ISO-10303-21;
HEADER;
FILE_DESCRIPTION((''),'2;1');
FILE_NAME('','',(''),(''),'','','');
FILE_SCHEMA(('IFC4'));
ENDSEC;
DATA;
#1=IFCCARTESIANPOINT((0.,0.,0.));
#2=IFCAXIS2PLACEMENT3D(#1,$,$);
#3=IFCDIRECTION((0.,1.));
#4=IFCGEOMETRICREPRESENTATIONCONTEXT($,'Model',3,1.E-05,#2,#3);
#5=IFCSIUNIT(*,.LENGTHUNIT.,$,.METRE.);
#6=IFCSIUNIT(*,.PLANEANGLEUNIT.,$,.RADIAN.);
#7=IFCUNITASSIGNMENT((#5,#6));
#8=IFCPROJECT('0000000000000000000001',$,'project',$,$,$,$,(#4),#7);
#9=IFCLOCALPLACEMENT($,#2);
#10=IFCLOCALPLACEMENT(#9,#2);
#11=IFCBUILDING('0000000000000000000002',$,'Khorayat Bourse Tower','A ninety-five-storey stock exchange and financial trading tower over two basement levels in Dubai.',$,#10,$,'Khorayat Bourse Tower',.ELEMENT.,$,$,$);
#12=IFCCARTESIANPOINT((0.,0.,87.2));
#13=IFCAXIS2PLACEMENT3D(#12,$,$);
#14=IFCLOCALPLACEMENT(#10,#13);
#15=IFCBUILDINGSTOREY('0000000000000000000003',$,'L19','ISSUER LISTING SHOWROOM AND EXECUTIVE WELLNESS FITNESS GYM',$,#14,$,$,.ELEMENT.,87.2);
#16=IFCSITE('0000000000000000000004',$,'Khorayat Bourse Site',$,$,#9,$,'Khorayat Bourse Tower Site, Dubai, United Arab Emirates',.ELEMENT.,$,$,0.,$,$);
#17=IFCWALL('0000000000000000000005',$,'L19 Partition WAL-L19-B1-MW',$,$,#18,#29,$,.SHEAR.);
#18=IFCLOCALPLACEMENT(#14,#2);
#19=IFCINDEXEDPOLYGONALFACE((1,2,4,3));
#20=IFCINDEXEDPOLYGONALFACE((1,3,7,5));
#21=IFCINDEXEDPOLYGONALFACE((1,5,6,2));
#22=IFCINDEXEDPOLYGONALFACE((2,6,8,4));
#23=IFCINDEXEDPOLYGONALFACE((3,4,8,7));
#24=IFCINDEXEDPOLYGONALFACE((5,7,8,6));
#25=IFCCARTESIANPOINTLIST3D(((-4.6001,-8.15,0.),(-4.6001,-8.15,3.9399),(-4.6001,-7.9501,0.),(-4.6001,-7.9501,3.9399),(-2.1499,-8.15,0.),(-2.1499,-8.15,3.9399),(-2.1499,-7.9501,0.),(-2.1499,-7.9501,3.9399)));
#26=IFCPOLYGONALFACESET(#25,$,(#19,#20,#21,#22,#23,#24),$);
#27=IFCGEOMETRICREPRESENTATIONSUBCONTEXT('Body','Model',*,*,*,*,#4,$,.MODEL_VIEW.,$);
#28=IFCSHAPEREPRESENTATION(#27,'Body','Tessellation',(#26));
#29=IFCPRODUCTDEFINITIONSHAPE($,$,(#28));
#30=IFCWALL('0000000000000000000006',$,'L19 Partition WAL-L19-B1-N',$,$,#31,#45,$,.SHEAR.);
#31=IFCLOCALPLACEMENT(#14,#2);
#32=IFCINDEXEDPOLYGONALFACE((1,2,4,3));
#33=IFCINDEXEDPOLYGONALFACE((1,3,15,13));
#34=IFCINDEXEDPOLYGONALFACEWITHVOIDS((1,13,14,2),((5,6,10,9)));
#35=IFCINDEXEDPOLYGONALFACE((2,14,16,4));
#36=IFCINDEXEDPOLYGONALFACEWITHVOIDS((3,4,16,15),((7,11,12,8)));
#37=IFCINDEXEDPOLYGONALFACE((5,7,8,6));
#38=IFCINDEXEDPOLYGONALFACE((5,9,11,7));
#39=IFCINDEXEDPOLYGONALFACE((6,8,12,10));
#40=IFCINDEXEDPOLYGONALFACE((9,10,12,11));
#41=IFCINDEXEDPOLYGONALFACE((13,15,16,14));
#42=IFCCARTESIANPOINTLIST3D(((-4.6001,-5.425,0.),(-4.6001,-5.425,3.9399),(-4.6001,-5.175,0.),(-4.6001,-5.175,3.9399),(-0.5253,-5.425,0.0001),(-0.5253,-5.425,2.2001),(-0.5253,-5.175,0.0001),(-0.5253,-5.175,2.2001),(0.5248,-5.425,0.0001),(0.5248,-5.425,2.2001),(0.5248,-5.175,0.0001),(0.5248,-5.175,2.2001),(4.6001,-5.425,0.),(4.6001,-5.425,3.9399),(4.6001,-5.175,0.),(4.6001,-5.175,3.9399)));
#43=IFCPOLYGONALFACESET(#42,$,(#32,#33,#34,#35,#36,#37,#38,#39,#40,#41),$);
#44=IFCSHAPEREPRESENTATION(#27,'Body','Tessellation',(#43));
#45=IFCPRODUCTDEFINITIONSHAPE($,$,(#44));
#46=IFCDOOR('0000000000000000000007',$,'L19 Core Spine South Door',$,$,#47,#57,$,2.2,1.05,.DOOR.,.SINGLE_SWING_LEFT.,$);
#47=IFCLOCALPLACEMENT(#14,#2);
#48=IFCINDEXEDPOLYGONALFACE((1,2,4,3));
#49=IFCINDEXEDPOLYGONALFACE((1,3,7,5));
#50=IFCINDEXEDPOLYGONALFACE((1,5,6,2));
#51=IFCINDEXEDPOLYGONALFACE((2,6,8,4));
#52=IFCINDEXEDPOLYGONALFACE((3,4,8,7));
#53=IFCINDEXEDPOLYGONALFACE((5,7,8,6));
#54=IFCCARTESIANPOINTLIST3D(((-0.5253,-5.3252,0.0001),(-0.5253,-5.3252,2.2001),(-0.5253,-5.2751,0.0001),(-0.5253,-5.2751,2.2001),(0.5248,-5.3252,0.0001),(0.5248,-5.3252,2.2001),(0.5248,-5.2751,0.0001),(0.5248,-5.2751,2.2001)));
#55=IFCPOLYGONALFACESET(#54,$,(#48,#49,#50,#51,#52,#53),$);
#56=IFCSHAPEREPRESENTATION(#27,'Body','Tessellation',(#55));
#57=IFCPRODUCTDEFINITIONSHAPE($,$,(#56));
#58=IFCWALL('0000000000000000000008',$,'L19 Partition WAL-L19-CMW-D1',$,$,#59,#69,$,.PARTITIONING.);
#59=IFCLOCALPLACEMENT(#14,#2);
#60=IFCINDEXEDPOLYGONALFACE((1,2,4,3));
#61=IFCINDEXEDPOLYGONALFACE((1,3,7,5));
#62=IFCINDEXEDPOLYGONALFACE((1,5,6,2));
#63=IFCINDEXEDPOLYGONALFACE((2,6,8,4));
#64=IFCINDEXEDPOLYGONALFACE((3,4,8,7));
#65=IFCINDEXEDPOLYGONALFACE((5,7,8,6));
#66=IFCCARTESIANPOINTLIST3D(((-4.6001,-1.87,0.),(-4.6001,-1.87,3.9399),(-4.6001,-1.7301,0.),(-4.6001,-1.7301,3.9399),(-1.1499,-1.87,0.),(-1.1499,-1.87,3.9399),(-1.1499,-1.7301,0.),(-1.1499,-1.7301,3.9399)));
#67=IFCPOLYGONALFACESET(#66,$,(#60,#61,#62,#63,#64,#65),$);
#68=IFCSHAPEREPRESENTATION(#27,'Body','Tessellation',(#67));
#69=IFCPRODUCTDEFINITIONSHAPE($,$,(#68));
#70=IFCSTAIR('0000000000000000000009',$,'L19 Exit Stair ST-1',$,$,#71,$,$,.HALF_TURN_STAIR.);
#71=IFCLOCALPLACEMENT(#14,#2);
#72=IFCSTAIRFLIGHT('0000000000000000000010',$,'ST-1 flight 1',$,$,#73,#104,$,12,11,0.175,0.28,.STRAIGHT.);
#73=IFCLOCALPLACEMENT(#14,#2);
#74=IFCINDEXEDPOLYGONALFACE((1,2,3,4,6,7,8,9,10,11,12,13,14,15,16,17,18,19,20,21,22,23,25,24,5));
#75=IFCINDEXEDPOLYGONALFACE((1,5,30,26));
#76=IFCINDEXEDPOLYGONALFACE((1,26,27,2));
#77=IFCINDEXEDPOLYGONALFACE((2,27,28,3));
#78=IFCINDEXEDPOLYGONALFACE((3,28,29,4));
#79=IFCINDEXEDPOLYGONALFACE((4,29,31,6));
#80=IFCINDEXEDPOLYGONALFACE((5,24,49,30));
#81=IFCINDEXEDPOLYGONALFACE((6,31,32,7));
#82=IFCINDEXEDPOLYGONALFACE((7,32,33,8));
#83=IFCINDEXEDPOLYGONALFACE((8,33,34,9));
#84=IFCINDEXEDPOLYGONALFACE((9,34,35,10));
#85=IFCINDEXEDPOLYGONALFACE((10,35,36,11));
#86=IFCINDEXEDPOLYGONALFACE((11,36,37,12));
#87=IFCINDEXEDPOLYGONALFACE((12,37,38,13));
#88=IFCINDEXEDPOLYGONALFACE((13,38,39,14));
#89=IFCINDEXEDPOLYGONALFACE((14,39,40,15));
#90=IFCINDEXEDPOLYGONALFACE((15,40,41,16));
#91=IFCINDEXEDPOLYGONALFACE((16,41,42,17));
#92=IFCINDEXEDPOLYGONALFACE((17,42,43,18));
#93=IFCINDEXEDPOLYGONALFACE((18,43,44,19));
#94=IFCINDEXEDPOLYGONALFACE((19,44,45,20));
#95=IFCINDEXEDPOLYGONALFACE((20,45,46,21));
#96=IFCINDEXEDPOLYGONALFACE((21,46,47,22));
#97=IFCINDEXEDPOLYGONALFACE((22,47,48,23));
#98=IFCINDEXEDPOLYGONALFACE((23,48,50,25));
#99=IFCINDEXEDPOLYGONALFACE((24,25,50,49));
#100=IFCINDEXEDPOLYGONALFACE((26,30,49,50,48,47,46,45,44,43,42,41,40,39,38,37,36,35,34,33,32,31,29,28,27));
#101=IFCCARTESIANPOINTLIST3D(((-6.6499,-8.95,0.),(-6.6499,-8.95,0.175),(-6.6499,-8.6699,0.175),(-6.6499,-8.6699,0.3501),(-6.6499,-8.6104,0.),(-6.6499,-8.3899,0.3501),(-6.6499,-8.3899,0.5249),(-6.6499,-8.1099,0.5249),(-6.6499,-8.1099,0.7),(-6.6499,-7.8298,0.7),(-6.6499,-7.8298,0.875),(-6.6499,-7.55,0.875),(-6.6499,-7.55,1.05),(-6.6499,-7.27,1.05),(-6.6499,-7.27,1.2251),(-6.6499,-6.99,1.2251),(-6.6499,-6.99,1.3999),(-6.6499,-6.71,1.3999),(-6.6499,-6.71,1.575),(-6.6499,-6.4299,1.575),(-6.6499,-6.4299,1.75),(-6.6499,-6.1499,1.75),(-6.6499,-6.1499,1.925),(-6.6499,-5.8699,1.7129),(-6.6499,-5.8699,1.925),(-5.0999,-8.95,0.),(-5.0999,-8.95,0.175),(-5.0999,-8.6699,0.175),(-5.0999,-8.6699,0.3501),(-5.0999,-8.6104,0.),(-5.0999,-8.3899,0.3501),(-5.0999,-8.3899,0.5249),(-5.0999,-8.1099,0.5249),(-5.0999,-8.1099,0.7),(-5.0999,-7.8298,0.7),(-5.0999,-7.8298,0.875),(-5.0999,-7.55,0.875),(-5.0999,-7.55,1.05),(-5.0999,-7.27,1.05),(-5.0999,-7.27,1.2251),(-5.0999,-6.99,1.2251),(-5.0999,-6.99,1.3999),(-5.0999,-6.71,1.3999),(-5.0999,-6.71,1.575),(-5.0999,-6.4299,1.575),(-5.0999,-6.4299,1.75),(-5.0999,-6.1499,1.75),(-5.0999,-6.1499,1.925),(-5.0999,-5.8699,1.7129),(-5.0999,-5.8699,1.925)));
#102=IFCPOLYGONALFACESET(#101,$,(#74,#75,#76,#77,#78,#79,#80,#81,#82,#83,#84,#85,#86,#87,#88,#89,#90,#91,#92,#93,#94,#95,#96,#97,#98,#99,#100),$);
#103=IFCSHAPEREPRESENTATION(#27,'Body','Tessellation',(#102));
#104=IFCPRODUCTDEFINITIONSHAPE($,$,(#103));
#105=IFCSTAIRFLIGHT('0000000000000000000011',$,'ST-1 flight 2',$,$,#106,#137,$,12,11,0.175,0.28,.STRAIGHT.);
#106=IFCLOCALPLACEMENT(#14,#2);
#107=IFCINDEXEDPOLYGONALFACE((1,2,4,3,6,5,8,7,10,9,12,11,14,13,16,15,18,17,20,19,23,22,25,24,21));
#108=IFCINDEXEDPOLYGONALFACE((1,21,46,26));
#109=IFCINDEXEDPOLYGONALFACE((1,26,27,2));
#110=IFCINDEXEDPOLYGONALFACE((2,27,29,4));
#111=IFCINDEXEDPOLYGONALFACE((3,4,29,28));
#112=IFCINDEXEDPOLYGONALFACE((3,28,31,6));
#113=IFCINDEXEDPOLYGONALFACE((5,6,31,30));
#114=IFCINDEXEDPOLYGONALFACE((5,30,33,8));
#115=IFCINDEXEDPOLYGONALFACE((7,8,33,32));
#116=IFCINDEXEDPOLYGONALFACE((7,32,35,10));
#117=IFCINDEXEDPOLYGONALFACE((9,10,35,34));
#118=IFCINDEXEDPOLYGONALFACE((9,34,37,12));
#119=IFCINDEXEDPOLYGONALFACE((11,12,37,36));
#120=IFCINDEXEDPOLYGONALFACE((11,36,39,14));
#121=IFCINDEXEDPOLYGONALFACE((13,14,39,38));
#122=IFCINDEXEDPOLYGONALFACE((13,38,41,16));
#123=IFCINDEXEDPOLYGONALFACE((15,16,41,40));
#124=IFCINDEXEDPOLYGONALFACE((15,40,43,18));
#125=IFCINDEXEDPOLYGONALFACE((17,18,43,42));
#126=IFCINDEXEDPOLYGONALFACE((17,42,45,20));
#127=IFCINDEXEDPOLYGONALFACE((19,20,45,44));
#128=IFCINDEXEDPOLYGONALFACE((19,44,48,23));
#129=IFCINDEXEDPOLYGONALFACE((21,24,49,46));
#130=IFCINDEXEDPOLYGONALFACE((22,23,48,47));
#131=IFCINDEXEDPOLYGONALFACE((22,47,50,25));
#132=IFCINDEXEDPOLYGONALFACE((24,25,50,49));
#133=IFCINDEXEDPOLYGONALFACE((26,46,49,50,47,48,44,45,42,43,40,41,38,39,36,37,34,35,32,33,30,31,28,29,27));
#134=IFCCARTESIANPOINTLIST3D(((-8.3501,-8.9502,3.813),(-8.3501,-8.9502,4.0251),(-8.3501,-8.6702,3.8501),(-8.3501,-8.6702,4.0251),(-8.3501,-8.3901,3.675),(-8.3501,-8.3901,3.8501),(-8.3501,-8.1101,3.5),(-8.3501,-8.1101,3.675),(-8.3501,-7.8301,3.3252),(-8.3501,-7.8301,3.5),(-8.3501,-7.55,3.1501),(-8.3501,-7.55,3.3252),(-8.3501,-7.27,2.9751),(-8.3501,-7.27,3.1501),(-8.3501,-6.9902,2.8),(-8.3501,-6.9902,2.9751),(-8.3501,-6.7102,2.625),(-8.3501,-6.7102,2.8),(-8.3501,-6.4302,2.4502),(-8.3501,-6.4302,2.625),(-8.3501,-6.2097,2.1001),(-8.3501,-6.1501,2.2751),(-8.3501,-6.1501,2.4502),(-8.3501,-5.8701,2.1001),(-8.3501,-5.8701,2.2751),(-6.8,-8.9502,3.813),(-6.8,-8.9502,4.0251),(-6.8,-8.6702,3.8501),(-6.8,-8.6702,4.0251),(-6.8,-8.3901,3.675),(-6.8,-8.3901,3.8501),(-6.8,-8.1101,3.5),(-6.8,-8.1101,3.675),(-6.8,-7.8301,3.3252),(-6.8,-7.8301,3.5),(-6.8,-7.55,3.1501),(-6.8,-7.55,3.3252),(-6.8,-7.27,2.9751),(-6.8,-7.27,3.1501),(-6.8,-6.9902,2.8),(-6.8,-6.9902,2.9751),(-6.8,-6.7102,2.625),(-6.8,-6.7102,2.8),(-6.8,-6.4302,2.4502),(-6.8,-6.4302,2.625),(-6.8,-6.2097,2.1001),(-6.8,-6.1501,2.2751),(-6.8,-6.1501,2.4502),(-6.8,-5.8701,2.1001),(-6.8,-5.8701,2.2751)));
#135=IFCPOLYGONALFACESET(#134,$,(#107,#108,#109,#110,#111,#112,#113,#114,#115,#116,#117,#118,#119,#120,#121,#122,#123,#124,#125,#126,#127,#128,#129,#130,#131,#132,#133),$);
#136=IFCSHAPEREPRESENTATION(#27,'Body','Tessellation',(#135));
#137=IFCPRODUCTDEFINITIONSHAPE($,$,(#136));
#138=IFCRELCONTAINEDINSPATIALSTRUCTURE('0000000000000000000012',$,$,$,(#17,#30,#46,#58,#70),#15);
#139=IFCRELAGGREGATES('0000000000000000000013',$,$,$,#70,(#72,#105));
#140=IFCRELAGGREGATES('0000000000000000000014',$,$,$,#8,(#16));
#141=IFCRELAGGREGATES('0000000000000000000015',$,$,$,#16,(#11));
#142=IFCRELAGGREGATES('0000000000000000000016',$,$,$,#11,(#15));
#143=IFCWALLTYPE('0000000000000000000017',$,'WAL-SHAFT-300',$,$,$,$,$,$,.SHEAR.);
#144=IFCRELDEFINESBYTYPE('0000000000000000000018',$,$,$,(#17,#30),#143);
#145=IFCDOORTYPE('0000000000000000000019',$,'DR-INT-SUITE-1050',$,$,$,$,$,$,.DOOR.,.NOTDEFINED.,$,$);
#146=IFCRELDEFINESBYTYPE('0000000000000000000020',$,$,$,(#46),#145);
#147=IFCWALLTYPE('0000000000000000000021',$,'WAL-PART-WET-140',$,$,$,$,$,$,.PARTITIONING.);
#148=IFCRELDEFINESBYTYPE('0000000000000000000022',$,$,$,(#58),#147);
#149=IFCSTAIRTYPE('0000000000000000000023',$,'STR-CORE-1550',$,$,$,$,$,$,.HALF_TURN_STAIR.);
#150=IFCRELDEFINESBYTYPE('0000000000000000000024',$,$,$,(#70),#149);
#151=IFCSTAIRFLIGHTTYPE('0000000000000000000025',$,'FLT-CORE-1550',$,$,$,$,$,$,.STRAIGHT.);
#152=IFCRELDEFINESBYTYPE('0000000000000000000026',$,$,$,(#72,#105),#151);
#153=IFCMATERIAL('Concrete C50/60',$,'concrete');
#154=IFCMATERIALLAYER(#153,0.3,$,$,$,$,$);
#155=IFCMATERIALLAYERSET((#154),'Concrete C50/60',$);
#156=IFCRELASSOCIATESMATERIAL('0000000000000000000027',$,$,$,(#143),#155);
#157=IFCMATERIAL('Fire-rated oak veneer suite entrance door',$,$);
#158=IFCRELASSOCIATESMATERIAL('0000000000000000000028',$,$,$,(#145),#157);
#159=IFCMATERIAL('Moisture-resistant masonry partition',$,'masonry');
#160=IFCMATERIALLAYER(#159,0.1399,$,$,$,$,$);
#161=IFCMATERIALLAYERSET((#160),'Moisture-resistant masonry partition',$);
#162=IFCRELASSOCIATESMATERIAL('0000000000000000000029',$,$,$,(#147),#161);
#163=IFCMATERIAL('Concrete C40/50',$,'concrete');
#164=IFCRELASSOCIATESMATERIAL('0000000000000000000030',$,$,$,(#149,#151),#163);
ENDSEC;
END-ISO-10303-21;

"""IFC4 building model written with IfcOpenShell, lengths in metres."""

from ifc_helpers import new_model, si_unit, direction, frame, frame_2d, origin, place, context, subcontext, project, spatial, polyline, rectangle, outline, extrude, source, transform, mapped, material, layer, layer_set, type_object, element, fill, aggregate, save


model = new_model("IFC4")

# Units and contexts
model_context = context("Model", 3, precision=1e-05, world=origin(), true_north=direction((0.0, 1.0)))
body_context = subcontext(model_context, "Body", "Model", "MODEL_VIEW")
ifc_project = project(units=[si_unit("LENGTHUNIT", "METRE"), si_unit("PLANEANGLEUNIT", "RADIAN")], contexts=[model_context])

# Site, building, storey
site_placement = place(None, origin())
site = spatial("IfcSite", under=ifc_project, at=site_placement, Name="Khorayat Bourse Site", LongName="Khorayat Bourse Tower Site, Dubai, United Arab Emirates", CompositionType="ELEMENT", RefElevation=0.0)
building_placement = place(site_placement, origin())
building = spatial("IfcBuilding", under=site, at=building_placement, Name="Khorayat Bourse Tower", Description="A ninety-five-storey stock exchange and financial trading tower over two basement levels in Dubai.", LongName="Khorayat Bourse Tower", CompositionType="ELEMENT")
storey_placement = place(building_placement, frame((0.0, 0.0, 87.2)))
storey = spatial("IfcBuildingStorey", under=building, at=storey_placement, Name="L19", Description="ISSUER LISTING SHOWROOM AND EXECUTIVE WELLNESS FITNESS GYM", CompositionType="ELEMENT", Elevation=87.2)

# Shared definitions
ifc_material_1 = material(Name="Concrete C50/60", Category="concrete")
ifc_layer_1 = layer(ifc_material_1, 0.3)
ifc_layer_set_1 = layer_set([ifc_layer_1], Name="Concrete C50/60")
wall_type_1 = type_object("IfcWallType", Name="WAL-SHAFT-300", PredefinedType="SHEAR", material=ifc_layer_set_1)

# Wall
shared_shape_1 = source(origin(), body_context, "Body", "SweptSolid", [
    extrude(rectangle(XDim=2.4502, YDim=0.2, at=frame_2d((1.2251, 0.0))), origin(), (0.0, 0.0, 1.0), 3.9399),
])
wall_1_placement = place(storey_placement, frame((-4.6001, -8.05, 0.0), z_axis=(0.0, 0.0, 1.0), x_axis=(1.0, 0.0, 0.0)))
element("IfcWall", 1, at=wall_1_placement, inside=storey, type_object=wall_type_1, Name="L19 Partition WAL-L19-B1-MW", PredefinedType="SHEAR", context=body_context, shape_type="MappedRepresentation", body=[
    mapped(shared_shape_1, transform((0.0, 0.0, 0.0), scale=1.0)),
])

# Wall, opening, door
shared_shape_2 = source(origin(), body_context, "Body", "SweptSolid", [
    extrude(rectangle(XDim=9.2002, YDim=0.25, at=frame_2d((4.6001, 0.0))), origin(), (0.0, 0.0, 1.0), 3.9399),
])
wall_2_placement = place(storey_placement, frame((-4.6001, -5.3, 0.0), z_axis=(0.0, 0.0, 1.0), x_axis=(1.0, 0.0, 0.0)))
wall_2 = element("IfcWall", 2, at=wall_2_placement, inside=storey, type_object=wall_type_1, Name="L19 Partition WAL-L19-B1-N", PredefinedType="SHEAR", context=body_context, shape_type="MappedRepresentation", body=[
    mapped(shared_shape_2, transform((0.0, 0.0, 0.0), scale=1.0)),
])
shared_shape_3 = source(origin(), body_context, "Body", "SweptSolid", [
    extrude(rectangle(XDim=1.05, YDim=2.2, at=frame_2d((0.5249, 1.1001))), frame((0.0, 0.135, 0.0), z_axis=(0.0, -1.0, 0.0), x_axis=(1.0, 0.0, 0.0)), (0.0, 0.0, 1.0), 0.27),
])
opening_1_placement = place(wall_2_placement, frame((4.075, 0.0, 0.0)))
opening_1 = element("IfcOpeningElement", 3, at=opening_1_placement, cuts=wall_2, PredefinedType="OPENING", context=body_context, shape_type="MappedRepresentation", body=[
    mapped(shared_shape_3, transform((0.0, 0.0, 0.0), scale=1.0)),
])
ifc_material_2 = material(Name="Fire-rated oak veneer suite entrance door")
door_type_1 = type_object("IfcDoorType", Name="DR-INT-SUITE-1050", OperationType="NOTDEFINED", PredefinedType="DOOR", material=ifc_material_2)
shared_shape_4 = source(origin(), body_context, "Body", "SweptSolid", [
    extrude(rectangle(XDim=1.05, YDim=2.2, at=frame_2d((0.5249, 1.1001))), frame((0.0, 0.0249, 0.0), z_axis=(0.0, -1.0, 0.0), x_axis=(1.0, 0.0, 0.0)), (0.0, 0.0, 1.0), 0.05),
])
door_1_placement = place(opening_1_placement, origin())
door_1 = element("IfcDoor", 4, at=door_1_placement, inside=storey, type_object=door_type_1, Name="L19 Core Spine South Door", OperationType="SINGLE_SWING_LEFT", OverallHeight=2.2, OverallWidth=1.05, PredefinedType="DOOR", context=body_context, shape_type="MappedRepresentation", body=[
    mapped(shared_shape_4, transform((0.0, 0.0, 0.0), scale=1.0)),
])
fill(opening_1, door_1)

# Wall
ifc_material_3 = material(Name="Moisture-resistant masonry partition", Category="masonry")
ifc_layer_2 = layer(ifc_material_3, 0.1399)
ifc_layer_set_2 = layer_set([ifc_layer_2], Name="Moisture-resistant masonry partition")
wall_type_2 = type_object("IfcWallType", Name="WAL-PART-WET-140", PredefinedType="PARTITIONING", material=ifc_layer_set_2)
shared_shape_5 = source(origin(), body_context, "Body", "SweptSolid", [
    extrude(rectangle(XDim=3.4502, YDim=0.1399, at=frame_2d((1.7251, 0.0))), origin(), (0.0, 0.0, 1.0), 3.9399),
])
wall_3_placement = place(storey_placement, frame((-4.6001, -1.8, 0.0), z_axis=(0.0, 0.0, 1.0), x_axis=(1.0, 0.0, 0.0)))
element("IfcWall", 5, at=wall_3_placement, inside=storey, type_object=wall_type_2, Name="L19 Partition WAL-L19-CMW-D1", PredefinedType="PARTITIONING", context=body_context, shape_type="MappedRepresentation", body=[
    mapped(shared_shape_5, transform((0.0, 0.0, 0.0), scale=1.0)),
])

# Stair, stair flights
ifc_material_4 = material(Name="Concrete C40/50", Category="concrete")
stair_type = type_object("IfcStairType", Name="STR-CORE-1550", PredefinedType="HALF_TURN_STAIR", material=ifc_material_4)
stair_placement = place(storey_placement, origin())
stair = element("IfcStair", 6, at=stair_placement, inside=storey, type_object=stair_type, Name="L19 Exit Stair ST-1", PredefinedType="HALF_TURN_STAIR")
stair_flight_type = type_object("IfcStairFlightType", Name="FLT-CORE-1550", PredefinedType="STRAIGHT", material=ifc_material_4)
shared_shape_6 = source(origin(), body_context, "Body", "SweptSolid", [
    extrude(outline(polyline([(0.0, 0.0), (0.0, 0.175), (0.28, 0.175), (0.28, 0.3501), (0.5601, 0.3501), (0.5601, 0.5249), (0.8401, 0.5249), (0.8401, 0.7), (1.1201, 0.7), (1.1201, 0.875), (1.3999, 0.875), (1.3999, 1.05), (1.6799, 1.05), (1.6799, 1.2251), (1.96, 1.2251), (1.96, 1.3999), (2.24, 1.3999), (2.24, 1.575), (2.52, 1.575), (2.52, 1.75), (2.8, 1.75), (2.8, 1.925), (3.0801, 1.925), (3.0801, 2.1001), (3.0801, 1.7129), (0.3396, 0.0), (0.0, 0.0)])), frame((0.0, 0.7749, 0.0), z_axis=(0.0, -1.0, 0.0), x_axis=(1.0, 0.0, 0.0)), (0.0, 0.0, 1.0), 1.55),
])
stair_flight_1_placement = place(storey_placement, frame((-5.875, -8.95, 0.0), z_axis=(0.0, 0.0, 1.0), x_axis=(0.0, 1.0, 0.0)))
stair_flight_1 = element("IfcStairFlight", 7, at=stair_flight_1_placement, type_object=stair_flight_type, Name="ST-1 flight 1", NumberOfRisers=12, NumberOfTreads=11, PredefinedType="STRAIGHT", RiserHeight=0.175, TreadLength=0.28, context=body_context, shape_type="MappedRepresentation", body=[
    mapped(shared_shape_6, transform((0.0, 0.0, 0.0), scale=1.0)),
])
stair_flight_2_placement = place(storey_placement, frame((-7.575, -5.8701, 2.1001), z_axis=(0.0, 0.0, 1.0), x_axis=(0.0, -1.0, 0.0)))
stair_flight_2 = element("IfcStairFlight", 8, at=stair_flight_2_placement, type_object=stair_flight_type, Name="ST-1 flight 2", NumberOfRisers=12, NumberOfTreads=11, PredefinedType="STRAIGHT", RiserHeight=0.175, TreadLength=0.28, context=body_context, shape_type="MappedRepresentation", body=[
    mapped(shared_shape_6, transform((0.0, 0.0, 0.0), scale=1.0)),
])
aggregate(stair, [stair_flight_1, stair_flight_2])

save(model, "model.ifc")
